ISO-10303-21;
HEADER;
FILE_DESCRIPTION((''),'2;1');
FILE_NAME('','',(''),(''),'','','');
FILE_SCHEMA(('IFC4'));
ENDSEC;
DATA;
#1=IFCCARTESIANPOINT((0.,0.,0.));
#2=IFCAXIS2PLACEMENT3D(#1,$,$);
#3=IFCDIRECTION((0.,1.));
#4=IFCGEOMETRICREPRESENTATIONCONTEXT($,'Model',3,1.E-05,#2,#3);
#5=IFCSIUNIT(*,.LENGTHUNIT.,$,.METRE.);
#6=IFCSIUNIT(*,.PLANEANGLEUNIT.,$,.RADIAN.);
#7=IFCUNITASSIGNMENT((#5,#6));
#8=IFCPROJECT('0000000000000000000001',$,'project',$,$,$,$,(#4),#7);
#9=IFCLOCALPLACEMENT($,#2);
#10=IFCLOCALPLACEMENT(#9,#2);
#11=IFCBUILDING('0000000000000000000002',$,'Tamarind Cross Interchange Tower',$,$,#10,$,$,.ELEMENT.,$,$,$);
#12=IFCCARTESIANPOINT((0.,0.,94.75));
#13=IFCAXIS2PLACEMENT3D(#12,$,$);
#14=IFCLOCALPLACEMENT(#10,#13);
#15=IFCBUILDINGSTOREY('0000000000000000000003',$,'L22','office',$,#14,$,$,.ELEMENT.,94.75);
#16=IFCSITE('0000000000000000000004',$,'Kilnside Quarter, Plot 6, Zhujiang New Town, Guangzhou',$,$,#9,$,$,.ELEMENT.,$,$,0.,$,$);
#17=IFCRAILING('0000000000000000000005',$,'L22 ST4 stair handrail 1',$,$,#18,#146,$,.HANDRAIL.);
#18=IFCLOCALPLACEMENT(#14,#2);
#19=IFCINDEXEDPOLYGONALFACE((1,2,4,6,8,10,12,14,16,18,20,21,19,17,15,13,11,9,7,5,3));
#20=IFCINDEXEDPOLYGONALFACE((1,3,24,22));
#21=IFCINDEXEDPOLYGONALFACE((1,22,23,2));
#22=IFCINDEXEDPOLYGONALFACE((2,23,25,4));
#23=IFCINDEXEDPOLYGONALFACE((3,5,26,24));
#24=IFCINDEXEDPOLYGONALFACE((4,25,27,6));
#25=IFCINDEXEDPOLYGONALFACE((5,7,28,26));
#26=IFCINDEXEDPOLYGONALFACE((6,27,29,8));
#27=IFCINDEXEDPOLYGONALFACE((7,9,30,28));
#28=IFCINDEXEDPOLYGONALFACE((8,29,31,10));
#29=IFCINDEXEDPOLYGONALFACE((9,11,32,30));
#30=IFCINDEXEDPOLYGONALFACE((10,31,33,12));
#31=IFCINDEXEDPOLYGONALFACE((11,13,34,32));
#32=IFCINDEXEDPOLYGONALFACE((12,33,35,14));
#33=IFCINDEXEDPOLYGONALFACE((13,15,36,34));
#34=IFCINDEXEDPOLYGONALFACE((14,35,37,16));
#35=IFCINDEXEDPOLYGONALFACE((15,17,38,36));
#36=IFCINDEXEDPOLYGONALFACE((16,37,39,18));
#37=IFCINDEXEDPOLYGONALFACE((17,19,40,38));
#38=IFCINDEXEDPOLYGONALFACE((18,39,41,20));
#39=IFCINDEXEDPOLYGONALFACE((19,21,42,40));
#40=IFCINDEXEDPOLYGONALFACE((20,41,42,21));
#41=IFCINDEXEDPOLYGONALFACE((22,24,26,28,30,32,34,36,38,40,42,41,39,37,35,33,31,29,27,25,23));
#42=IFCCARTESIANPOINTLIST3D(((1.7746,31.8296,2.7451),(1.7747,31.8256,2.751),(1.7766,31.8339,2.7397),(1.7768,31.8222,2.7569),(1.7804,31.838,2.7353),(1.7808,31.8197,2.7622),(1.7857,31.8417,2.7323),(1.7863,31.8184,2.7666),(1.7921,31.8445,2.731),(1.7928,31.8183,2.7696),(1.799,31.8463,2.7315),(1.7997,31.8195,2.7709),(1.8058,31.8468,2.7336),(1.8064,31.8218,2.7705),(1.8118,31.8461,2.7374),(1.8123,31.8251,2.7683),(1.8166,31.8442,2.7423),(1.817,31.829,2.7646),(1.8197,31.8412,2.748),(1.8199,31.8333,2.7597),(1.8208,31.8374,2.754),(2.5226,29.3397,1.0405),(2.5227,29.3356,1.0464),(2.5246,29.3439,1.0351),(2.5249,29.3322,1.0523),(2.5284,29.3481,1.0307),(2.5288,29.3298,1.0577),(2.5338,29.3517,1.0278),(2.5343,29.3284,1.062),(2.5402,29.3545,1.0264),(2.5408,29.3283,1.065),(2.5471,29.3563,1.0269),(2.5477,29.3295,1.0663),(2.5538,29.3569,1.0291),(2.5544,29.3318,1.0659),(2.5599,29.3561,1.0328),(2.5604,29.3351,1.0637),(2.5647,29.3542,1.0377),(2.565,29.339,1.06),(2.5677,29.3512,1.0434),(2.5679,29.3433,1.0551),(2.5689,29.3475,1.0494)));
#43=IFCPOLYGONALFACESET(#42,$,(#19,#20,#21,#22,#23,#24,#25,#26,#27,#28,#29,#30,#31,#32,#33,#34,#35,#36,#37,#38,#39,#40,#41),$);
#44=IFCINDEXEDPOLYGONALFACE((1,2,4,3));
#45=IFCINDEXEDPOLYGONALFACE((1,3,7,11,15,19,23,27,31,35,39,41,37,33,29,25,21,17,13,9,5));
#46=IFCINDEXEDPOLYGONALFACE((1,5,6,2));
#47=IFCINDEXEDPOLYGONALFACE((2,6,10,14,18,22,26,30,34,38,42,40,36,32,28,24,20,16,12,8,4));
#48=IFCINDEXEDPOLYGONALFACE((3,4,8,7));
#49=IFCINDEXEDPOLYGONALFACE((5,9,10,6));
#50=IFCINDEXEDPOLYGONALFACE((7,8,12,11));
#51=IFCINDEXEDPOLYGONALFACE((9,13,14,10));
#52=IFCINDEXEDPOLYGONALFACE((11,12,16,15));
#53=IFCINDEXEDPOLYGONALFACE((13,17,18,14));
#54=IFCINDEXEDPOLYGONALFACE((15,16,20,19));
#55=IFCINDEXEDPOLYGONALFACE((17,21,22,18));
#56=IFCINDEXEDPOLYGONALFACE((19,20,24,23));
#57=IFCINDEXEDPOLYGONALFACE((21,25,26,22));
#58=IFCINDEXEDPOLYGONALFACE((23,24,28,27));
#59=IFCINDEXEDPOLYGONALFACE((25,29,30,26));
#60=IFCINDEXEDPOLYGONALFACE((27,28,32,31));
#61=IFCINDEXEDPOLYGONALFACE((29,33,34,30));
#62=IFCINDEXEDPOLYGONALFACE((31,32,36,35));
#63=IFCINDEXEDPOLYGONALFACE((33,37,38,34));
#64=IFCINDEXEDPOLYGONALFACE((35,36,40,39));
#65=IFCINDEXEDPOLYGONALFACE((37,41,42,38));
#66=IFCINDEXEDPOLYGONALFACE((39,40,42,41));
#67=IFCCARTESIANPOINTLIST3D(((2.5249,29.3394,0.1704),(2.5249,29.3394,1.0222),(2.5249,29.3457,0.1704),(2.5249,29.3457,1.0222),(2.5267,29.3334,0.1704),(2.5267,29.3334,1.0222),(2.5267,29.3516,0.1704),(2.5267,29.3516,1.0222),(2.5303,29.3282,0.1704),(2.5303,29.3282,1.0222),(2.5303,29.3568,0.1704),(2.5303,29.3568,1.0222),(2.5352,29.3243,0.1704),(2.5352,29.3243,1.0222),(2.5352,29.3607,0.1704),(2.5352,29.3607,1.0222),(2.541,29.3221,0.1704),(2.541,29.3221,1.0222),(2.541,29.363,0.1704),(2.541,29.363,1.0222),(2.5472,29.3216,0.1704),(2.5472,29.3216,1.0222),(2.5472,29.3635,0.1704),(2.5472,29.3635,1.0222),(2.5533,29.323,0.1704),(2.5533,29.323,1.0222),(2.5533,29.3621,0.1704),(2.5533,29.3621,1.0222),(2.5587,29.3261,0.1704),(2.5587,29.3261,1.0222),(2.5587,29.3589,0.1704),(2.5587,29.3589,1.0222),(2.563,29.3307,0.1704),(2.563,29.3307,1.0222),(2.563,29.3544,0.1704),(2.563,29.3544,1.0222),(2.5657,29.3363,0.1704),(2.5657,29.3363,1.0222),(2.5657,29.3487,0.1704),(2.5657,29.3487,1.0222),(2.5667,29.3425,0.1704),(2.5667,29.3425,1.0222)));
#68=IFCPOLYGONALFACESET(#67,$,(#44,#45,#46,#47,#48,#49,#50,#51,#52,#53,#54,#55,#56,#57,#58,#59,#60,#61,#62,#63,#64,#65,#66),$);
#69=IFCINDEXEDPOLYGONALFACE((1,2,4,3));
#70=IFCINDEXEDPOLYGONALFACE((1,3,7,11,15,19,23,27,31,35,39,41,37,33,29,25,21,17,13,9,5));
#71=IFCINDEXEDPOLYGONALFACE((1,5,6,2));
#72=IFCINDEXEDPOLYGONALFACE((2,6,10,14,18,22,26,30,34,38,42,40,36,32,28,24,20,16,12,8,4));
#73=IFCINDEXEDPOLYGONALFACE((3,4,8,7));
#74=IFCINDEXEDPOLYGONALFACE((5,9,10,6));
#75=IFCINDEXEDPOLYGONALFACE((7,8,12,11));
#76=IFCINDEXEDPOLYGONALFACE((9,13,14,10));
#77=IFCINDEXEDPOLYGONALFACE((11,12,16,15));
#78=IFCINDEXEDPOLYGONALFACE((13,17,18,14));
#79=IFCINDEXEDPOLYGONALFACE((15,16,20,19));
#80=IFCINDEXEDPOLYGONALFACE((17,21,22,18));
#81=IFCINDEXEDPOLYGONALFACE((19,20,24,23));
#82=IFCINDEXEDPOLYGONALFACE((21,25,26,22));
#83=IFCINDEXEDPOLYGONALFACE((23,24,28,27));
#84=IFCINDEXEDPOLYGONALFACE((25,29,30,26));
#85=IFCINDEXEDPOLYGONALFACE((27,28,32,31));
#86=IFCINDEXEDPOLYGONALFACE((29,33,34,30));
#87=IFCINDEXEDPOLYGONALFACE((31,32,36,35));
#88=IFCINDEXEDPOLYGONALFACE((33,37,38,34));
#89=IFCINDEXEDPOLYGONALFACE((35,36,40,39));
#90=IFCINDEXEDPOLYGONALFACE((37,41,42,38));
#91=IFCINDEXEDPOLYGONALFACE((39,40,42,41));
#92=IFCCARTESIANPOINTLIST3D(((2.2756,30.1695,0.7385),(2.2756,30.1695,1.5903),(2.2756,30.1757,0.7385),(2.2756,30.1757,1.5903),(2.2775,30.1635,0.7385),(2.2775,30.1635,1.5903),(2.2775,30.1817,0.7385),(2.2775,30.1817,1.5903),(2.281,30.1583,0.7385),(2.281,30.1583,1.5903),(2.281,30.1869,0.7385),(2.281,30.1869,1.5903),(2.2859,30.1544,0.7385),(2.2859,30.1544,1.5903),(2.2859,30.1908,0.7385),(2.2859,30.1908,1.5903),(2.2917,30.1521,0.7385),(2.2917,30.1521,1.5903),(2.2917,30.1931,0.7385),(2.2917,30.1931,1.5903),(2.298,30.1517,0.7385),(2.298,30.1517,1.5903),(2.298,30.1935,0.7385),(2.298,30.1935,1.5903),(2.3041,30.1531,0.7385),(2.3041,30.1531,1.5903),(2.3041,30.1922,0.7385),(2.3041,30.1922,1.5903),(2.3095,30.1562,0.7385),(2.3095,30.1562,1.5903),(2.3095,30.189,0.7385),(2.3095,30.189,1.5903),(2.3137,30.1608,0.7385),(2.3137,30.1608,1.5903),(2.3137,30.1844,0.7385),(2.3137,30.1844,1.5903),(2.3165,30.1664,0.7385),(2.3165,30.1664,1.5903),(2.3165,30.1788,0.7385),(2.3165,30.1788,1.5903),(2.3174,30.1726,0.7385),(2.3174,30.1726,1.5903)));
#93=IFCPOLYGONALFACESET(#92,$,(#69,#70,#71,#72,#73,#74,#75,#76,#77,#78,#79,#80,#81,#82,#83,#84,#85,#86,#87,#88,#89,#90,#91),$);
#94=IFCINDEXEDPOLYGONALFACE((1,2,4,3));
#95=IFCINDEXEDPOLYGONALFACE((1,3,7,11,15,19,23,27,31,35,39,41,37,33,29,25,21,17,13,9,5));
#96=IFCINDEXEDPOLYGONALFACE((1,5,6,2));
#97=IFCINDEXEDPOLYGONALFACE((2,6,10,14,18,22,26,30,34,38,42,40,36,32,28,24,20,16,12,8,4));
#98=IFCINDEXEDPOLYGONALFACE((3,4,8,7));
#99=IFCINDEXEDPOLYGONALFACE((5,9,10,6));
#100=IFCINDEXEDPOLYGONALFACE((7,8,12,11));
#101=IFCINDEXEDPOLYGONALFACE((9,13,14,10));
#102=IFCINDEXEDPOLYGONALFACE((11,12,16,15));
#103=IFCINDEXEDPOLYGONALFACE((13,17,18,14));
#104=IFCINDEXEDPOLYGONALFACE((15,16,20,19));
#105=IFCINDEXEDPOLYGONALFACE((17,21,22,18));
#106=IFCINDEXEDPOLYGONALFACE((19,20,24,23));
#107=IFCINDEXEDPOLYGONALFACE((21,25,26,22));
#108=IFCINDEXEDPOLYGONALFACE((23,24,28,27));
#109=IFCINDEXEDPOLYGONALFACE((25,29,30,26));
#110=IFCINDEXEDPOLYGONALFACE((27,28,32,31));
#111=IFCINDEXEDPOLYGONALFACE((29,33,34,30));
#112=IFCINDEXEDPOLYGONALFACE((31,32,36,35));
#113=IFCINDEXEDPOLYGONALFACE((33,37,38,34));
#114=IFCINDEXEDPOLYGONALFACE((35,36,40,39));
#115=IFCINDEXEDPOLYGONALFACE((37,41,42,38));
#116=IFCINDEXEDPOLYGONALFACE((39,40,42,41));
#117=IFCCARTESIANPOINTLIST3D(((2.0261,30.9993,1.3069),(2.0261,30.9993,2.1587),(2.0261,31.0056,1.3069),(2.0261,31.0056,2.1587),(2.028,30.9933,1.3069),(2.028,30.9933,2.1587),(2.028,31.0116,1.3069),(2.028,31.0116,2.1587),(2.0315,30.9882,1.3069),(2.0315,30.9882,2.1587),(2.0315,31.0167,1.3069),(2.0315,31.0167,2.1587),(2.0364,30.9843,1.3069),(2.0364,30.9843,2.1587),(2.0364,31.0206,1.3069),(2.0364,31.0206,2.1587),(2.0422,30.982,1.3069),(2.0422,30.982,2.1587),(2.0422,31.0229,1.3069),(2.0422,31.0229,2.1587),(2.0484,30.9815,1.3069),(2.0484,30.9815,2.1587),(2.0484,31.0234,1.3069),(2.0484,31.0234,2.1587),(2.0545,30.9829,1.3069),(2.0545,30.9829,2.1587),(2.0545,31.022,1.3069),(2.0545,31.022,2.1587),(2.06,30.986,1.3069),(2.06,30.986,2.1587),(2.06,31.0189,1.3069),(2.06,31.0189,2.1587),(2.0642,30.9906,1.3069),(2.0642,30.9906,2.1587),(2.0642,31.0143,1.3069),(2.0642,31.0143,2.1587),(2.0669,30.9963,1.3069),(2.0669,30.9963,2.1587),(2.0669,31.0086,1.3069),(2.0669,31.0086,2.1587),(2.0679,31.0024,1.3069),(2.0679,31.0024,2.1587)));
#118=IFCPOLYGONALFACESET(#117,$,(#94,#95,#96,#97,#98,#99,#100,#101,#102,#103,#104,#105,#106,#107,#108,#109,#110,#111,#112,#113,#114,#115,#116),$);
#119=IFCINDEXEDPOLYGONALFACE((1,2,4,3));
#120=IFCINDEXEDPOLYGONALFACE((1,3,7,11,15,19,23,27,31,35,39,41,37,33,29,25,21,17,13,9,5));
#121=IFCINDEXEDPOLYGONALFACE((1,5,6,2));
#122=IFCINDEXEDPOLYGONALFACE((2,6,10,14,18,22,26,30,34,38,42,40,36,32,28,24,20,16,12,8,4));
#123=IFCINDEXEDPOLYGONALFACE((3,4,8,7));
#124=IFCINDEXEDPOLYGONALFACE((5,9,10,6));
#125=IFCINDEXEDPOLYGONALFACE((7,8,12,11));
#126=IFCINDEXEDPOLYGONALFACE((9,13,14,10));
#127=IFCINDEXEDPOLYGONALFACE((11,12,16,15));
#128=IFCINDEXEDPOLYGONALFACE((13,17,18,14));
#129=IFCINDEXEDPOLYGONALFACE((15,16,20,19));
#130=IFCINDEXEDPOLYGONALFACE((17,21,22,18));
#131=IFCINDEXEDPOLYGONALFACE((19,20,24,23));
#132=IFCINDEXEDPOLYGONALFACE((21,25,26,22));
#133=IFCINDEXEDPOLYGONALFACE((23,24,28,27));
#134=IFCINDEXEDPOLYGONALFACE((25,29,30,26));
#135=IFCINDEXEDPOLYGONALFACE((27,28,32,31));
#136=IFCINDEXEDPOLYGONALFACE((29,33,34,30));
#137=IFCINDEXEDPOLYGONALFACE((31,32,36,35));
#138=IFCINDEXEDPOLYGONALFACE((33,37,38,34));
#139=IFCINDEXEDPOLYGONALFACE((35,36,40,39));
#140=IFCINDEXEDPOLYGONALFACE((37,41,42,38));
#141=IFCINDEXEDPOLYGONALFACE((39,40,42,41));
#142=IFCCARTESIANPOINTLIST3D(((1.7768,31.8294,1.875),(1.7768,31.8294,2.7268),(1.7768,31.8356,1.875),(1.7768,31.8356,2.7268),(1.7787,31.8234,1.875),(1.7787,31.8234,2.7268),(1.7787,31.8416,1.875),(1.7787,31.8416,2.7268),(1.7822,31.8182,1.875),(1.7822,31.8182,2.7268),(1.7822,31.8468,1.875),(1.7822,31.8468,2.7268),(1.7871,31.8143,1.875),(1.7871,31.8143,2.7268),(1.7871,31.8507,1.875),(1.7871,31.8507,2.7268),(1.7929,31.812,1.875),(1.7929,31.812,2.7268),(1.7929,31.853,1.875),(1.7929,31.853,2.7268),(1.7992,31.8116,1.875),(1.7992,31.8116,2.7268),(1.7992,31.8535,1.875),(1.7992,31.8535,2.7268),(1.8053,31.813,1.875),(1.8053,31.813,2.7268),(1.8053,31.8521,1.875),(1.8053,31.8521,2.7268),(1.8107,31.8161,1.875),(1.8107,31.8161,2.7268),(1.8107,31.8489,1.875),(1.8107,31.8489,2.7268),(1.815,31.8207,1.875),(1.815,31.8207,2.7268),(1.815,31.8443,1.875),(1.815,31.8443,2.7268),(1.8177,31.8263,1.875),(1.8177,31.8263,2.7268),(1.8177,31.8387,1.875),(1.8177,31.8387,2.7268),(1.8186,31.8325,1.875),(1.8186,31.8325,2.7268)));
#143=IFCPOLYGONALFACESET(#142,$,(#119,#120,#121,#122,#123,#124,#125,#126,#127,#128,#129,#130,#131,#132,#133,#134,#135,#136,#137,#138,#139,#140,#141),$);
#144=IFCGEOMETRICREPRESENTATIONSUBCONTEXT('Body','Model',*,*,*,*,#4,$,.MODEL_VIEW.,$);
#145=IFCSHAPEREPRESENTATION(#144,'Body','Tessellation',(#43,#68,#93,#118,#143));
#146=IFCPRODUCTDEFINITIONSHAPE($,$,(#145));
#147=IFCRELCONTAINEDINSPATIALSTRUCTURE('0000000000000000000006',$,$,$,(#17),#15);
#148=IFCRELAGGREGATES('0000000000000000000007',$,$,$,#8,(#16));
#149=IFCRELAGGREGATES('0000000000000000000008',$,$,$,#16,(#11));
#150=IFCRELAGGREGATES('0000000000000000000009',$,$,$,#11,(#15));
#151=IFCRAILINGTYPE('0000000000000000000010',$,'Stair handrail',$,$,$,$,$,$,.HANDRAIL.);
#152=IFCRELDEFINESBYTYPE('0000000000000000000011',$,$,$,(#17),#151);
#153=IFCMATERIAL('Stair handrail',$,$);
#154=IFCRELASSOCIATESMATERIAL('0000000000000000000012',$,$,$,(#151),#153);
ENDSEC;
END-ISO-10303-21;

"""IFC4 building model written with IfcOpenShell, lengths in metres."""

from ifc_helpers import new_model, si_unit, direction, frame, origin, origin_2d, place, context, subcontext, project, spatial, circle, extrude, material, type_object, element, save


model = new_model("IFC4")

# Units and contexts
model_context = context("Model", 3, precision=1e-05, world=origin(), true_north=direction((0.0, 1.0)))
body_context = subcontext(model_context, "Body", "Model", "MODEL_VIEW")
ifc_project = project(units=[si_unit("LENGTHUNIT", "METRE"), si_unit("PLANEANGLEUNIT", "RADIAN")], contexts=[model_context])

# Site, building, storey
site_placement = place(None, origin())
site = spatial("IfcSite", under=ifc_project, at=site_placement, Name="Kilnside Quarter, Plot 6, Zhujiang New Town, Guangzhou", CompositionType="ELEMENT", RefElevation=0.0)
building_placement = place(site_placement, origin())
building = spatial("IfcBuilding", under=site, at=building_placement, Name="Tamarind Cross Interchange Tower", CompositionType="ELEMENT")
storey_placement = place(building_placement, frame((0.0, 0.0, 94.75)))
storey = spatial("IfcBuildingStorey", under=building, at=storey_placement, Name="L22", Description="office", CompositionType="ELEMENT", Elevation=94.75)

# Railing
ifc_material_1 = material(Name="Stair handrail")
railing_type_1 = type_object("IfcRailingType", Name="Stair handrail", PredefinedType="HANDRAIL", material=ifc_material_1)
railing_1_placement = place(storey_placement, frame((2.5457, 29.3425, 0.1704)))
element("IfcRailing", 1, at=railing_1_placement, inside=storey, type_object=railing_type_1, Name="L22 ST4 stair handrail 1", PredefinedType="HANDRAIL", context=body_context, shape_type="SweptSolid", body=[
    extrude(circle(Radius=0.0239, at=origin_2d()), frame((0.0, 0.0, 0.876), z_axis=(-0.240615, 0.800924, 0.548294), x_axis=(-0.957715, -0.287718, 0.0)), (0.0, 0.0, 1.0), 3.1089),
    extrude(circle(Radius=0.021, at=origin_2d()), origin(), (0.0, 0.0, 1.0), 0.8518),
    extrude(circle(Radius=0.021, at=origin_2d()), frame((-0.2493, 0.8301, 0.5681)), (0.0, 0.0, 1.0), 0.8518),
    extrude(circle(Radius=0.021, at=origin_2d()), frame((-0.4988, 1.6599, 1.1365)), (0.0, 0.0, 1.0), 0.8518),
    extrude(circle(Radius=0.021, at=origin_2d()), frame((-0.748, 2.49, 1.7046)), (0.0, 0.0, 1.0), 0.8518),
])

save(model, "model.ifc")
